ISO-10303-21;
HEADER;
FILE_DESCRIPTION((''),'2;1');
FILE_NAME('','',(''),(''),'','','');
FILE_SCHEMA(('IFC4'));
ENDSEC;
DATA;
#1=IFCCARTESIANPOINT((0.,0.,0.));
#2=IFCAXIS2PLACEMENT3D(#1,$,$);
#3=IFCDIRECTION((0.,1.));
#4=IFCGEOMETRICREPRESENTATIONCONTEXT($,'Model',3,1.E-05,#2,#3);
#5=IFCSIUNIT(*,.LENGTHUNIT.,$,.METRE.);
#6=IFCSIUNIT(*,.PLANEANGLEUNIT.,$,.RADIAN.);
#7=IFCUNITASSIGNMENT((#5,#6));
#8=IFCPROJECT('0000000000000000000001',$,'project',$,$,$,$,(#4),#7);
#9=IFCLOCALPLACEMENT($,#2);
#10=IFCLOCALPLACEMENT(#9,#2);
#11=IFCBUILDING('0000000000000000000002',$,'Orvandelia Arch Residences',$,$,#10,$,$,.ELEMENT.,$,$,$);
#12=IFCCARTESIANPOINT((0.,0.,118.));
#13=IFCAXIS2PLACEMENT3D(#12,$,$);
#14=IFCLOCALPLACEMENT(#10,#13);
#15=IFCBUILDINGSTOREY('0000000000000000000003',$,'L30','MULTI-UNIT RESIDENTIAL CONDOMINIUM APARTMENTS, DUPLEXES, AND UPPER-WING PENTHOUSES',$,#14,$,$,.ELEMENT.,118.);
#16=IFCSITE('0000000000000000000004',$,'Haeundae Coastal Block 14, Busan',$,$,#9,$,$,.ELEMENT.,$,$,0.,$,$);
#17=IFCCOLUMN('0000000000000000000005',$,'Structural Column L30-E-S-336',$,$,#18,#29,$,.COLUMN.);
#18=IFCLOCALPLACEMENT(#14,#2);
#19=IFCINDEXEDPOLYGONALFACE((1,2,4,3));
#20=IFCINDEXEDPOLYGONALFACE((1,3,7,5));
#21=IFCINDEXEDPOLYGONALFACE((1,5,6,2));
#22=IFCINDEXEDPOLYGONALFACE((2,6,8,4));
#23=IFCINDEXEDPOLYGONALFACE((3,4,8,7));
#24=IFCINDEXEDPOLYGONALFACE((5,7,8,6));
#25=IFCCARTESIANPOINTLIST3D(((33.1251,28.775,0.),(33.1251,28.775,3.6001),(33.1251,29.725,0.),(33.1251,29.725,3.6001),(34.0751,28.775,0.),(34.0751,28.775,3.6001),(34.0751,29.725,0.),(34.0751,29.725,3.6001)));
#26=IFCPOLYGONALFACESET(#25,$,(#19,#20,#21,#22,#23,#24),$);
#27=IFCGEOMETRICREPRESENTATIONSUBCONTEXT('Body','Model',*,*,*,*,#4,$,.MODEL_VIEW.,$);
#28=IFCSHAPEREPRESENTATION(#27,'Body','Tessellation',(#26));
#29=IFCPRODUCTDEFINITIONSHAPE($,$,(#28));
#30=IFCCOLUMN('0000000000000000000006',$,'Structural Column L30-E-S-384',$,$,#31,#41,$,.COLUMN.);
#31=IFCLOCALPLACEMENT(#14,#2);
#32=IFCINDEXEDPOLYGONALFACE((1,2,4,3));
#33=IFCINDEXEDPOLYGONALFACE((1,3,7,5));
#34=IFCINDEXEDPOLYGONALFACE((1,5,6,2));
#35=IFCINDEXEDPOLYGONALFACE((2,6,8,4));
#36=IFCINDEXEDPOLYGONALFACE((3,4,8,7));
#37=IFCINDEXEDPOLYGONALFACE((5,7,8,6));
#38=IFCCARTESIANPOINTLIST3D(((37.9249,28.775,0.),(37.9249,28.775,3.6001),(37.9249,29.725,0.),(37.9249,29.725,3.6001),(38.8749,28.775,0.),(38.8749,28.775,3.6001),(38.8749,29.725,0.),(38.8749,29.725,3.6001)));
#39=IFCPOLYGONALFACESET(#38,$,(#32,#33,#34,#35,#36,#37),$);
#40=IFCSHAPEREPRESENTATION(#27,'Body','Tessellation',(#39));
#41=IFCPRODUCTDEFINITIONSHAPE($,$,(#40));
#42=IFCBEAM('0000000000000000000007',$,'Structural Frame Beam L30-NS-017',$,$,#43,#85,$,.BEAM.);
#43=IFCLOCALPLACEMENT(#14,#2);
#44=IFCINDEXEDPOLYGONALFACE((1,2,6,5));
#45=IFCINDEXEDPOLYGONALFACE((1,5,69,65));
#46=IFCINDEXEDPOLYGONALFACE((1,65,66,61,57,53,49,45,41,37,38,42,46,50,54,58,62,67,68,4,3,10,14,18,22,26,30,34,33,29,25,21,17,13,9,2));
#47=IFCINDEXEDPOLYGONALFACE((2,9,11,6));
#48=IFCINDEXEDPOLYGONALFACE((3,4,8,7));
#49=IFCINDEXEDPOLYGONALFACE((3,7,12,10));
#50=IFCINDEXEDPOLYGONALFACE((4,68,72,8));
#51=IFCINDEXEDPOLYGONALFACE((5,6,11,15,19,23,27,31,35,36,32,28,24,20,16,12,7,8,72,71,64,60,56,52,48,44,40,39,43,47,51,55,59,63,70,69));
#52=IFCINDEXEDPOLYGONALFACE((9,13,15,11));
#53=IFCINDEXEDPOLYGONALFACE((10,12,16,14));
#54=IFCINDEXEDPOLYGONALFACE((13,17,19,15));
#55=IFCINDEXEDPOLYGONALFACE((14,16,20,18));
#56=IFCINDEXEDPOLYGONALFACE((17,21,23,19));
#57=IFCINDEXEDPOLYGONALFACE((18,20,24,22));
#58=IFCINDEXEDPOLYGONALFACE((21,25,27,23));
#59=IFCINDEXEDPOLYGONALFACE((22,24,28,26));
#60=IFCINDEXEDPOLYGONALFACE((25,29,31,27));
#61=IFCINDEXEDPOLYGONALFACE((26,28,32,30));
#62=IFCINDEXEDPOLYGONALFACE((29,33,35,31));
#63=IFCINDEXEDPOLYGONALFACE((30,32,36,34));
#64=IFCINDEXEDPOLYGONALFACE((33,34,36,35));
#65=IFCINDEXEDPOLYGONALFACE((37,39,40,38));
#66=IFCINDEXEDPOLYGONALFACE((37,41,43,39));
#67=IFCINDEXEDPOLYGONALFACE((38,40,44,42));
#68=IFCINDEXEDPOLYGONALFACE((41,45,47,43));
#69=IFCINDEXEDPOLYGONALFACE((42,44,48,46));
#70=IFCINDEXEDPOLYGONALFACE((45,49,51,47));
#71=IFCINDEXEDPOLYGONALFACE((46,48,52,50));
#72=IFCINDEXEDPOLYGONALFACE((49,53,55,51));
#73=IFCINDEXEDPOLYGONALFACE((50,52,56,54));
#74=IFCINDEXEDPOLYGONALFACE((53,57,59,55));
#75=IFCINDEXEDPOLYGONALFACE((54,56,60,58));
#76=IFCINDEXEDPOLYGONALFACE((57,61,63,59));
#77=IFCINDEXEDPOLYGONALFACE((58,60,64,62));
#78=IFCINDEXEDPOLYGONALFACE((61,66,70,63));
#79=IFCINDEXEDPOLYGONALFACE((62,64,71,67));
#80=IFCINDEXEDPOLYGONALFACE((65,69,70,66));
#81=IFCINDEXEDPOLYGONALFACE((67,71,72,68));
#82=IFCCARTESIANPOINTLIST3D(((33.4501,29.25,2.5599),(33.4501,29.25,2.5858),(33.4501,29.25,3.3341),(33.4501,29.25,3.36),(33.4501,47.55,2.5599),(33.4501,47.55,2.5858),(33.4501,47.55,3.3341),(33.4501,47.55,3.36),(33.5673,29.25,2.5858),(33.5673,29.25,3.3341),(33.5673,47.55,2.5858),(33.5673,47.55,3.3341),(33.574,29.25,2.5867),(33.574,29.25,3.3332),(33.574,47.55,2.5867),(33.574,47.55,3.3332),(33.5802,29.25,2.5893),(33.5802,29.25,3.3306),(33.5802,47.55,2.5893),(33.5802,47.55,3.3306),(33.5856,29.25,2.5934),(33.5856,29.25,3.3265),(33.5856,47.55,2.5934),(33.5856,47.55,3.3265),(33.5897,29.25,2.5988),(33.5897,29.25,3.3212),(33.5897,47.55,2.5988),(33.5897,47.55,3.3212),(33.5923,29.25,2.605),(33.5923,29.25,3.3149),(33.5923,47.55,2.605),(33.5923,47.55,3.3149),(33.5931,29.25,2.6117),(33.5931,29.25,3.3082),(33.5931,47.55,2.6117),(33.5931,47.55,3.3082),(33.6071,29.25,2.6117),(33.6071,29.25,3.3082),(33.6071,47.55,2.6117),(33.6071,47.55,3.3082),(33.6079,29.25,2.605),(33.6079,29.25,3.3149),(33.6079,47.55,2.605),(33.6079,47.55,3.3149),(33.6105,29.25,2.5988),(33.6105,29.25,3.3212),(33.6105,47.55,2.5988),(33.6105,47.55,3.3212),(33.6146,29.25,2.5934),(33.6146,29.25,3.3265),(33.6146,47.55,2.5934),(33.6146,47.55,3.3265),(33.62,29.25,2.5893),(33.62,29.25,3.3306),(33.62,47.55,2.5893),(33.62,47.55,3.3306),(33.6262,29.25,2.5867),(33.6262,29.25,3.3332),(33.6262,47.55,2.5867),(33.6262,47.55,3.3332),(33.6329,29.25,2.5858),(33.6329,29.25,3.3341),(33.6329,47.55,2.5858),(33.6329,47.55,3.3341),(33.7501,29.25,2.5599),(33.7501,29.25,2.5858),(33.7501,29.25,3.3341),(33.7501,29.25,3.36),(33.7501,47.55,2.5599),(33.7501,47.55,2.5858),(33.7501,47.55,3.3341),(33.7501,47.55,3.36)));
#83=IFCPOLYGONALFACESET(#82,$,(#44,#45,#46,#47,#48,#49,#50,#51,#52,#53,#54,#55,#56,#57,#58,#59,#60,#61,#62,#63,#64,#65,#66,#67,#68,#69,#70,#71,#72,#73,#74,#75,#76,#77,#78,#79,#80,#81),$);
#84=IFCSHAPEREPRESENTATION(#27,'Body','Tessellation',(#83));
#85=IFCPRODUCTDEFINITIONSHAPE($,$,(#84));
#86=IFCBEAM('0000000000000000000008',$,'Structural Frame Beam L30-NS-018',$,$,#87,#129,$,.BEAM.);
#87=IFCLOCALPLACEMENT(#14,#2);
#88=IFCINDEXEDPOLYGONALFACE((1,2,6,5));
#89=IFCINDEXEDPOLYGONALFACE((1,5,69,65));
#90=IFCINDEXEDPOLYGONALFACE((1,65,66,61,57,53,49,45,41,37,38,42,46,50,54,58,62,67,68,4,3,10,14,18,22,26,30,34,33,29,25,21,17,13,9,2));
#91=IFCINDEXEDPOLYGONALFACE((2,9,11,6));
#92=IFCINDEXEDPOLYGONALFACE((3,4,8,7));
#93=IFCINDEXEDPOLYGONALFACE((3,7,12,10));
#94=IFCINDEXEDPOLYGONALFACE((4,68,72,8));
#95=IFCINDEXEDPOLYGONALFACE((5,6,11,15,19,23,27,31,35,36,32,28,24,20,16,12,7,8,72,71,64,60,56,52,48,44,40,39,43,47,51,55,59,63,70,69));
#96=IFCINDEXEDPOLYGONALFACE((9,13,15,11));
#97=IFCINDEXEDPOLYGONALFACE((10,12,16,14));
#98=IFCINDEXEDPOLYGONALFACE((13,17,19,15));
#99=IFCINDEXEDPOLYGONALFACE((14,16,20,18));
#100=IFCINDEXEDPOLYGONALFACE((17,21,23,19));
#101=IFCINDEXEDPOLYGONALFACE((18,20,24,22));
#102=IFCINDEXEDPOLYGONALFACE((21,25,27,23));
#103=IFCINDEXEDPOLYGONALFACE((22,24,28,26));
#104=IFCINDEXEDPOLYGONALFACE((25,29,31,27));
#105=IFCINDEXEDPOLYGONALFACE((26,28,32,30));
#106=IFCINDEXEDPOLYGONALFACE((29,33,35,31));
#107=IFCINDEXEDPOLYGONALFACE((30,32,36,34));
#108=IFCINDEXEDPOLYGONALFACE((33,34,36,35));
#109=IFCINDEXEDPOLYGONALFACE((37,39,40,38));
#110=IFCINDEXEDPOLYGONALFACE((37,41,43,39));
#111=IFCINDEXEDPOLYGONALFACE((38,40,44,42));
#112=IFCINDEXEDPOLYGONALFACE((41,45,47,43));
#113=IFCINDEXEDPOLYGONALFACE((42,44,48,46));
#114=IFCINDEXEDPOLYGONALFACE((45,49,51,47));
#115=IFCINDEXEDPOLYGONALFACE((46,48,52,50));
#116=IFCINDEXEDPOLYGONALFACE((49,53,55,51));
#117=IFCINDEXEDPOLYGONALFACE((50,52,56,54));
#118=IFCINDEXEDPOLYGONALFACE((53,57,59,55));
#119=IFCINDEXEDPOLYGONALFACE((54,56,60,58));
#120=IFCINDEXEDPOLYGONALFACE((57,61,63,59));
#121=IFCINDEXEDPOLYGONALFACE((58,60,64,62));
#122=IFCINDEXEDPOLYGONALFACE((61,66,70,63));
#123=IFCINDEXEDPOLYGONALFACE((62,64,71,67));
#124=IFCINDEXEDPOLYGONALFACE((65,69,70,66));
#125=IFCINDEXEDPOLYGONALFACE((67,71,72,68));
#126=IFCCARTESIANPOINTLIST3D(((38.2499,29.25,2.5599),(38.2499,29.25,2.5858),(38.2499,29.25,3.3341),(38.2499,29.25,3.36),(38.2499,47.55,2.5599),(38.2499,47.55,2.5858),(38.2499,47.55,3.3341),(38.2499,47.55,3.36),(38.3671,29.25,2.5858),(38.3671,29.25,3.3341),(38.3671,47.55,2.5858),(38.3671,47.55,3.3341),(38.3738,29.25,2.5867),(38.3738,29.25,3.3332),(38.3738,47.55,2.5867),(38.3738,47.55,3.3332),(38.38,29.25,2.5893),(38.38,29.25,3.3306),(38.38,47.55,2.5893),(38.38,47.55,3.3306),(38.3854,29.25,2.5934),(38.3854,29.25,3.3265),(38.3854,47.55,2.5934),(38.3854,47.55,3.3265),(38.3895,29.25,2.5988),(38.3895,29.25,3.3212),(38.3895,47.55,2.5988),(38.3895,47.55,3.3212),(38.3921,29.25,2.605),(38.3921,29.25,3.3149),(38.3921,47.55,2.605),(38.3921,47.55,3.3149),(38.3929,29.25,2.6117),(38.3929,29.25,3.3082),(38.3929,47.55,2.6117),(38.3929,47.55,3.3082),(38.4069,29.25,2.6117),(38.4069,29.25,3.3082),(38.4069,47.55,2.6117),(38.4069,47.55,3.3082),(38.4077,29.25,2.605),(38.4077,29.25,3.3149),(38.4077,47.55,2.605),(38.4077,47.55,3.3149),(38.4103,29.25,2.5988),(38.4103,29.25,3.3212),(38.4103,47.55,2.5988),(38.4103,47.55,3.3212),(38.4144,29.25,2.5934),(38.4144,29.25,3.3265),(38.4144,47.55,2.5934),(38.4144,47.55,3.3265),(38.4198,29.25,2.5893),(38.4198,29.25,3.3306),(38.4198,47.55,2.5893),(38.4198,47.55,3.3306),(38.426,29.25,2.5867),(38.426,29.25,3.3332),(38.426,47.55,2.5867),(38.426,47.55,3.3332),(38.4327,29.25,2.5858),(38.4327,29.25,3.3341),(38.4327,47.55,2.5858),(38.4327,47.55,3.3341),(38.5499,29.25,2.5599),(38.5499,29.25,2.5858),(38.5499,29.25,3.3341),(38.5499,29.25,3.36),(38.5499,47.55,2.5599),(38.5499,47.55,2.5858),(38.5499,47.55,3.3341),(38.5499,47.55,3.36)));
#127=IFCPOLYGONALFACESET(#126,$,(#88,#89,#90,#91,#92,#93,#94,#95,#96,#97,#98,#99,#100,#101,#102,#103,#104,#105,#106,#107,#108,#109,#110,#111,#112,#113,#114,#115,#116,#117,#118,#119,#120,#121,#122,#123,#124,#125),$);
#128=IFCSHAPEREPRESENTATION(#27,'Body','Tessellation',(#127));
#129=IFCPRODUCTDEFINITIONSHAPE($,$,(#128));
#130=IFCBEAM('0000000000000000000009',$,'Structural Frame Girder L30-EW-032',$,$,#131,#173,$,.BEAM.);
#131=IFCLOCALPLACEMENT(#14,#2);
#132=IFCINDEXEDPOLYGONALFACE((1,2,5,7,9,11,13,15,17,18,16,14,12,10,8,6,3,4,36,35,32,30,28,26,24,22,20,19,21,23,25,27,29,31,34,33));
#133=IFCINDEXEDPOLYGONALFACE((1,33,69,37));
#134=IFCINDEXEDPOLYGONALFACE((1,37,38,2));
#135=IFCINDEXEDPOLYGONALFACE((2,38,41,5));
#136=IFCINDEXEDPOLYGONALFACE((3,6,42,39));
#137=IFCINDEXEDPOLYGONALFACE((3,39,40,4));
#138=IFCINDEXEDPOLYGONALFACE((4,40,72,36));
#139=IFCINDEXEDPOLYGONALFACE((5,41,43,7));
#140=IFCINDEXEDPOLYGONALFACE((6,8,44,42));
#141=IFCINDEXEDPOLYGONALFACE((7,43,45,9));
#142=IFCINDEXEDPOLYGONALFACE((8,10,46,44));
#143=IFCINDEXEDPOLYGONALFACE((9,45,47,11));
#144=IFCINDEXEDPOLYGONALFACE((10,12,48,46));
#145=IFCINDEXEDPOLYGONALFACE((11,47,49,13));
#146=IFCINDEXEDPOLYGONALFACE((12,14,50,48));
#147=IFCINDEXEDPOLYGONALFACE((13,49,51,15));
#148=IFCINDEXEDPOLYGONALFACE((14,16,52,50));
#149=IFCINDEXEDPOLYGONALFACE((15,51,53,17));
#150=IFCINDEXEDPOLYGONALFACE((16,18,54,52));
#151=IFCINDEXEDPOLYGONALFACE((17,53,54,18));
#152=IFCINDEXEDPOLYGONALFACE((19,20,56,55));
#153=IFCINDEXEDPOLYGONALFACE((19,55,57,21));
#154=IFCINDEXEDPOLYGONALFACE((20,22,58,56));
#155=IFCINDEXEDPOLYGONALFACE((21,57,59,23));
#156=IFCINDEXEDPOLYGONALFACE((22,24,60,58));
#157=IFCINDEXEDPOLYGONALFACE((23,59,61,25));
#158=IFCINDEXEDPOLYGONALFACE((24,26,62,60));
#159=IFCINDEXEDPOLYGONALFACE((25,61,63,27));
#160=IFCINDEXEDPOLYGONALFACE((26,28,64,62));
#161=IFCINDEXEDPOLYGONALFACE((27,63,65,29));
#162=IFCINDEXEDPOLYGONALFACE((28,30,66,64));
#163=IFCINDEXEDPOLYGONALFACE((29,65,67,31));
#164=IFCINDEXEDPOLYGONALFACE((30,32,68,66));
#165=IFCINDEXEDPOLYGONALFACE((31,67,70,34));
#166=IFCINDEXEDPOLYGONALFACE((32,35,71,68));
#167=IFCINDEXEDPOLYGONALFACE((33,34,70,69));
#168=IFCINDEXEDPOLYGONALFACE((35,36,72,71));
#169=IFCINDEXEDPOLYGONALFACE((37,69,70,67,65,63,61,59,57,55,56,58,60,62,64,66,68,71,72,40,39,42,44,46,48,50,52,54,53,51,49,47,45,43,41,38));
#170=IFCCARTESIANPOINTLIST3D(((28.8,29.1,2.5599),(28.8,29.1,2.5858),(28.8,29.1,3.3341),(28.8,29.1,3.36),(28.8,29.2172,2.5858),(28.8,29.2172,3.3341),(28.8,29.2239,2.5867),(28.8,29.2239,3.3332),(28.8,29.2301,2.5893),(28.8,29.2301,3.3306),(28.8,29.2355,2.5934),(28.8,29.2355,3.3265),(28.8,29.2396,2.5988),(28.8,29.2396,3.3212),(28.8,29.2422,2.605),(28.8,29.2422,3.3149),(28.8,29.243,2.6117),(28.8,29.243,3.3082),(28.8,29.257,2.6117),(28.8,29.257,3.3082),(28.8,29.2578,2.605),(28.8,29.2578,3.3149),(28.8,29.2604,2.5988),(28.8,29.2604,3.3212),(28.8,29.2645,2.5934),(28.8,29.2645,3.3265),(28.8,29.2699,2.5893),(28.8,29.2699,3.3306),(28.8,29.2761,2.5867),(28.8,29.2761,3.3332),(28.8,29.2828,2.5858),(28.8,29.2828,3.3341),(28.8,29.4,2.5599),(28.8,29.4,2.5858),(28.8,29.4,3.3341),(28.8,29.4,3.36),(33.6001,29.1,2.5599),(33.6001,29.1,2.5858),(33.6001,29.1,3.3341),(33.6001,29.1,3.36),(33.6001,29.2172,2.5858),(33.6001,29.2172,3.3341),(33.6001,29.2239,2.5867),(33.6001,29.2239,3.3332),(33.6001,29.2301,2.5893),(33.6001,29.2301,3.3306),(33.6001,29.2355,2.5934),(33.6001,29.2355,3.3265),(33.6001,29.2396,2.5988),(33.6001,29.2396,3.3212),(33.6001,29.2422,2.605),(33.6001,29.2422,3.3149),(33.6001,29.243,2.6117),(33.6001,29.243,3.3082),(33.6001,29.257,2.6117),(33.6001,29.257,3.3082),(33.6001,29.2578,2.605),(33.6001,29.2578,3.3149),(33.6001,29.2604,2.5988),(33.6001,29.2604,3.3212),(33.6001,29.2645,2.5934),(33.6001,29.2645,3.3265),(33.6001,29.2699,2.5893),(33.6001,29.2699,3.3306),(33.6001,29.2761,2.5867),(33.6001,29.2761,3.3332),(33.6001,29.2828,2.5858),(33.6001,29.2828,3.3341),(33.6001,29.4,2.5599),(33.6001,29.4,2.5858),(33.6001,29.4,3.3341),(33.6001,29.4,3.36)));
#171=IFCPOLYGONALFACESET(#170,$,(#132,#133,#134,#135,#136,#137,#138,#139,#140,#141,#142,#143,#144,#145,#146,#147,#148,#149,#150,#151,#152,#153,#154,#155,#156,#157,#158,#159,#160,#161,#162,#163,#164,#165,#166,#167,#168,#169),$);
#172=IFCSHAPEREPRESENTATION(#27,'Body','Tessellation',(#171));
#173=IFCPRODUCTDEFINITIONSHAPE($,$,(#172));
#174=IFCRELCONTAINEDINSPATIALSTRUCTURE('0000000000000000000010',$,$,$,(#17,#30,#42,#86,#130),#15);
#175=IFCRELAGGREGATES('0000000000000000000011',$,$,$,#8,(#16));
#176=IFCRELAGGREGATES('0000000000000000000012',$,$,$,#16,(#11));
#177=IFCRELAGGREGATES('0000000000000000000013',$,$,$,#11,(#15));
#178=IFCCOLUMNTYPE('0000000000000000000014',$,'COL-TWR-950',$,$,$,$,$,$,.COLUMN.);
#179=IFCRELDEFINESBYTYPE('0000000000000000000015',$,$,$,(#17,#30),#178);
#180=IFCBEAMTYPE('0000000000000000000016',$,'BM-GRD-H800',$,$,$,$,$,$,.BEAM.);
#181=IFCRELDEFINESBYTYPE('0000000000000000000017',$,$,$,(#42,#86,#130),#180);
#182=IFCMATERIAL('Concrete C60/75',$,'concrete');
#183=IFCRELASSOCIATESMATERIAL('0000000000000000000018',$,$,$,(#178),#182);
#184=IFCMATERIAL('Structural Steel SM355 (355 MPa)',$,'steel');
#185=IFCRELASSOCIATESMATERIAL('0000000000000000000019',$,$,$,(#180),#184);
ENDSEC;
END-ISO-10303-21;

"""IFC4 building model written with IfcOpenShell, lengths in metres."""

from ifc_helpers import new_model, si_unit, direction, frame, origin, origin_2d, place, context, subcontext, project, spatial, rectangle, i_section, extrude, material, material_profile, profile_set, type_object, element, save


model = new_model("IFC4")

# Units and contexts
model_context = context("Model", 3, precision=1e-05, world=origin(), true_north=direction((0.0, 1.0)))
body_context = subcontext(model_context, "Body", "Model", "MODEL_VIEW")
ifc_project = project(units=[si_unit("LENGTHUNIT", "METRE"), si_unit("PLANEANGLEUNIT", "RADIAN")], contexts=[model_context])

# Site, building, storey
site_placement = place(None, origin())
site = spatial("IfcSite", under=ifc_project, at=site_placement, Name="Haeundae Coastal Block 14, Busan", CompositionType="ELEMENT", RefElevation=0.0)
building_placement = place(site_placement, origin())
building = spatial("IfcBuilding", under=site, at=building_placement, Name="Orvandelia Arch Residences", CompositionType="ELEMENT")
storey_placement = place(building_placement, frame((0.0, 0.0, 118.0)))
storey = spatial("IfcBuildingStorey", under=building, at=storey_placement, Name="L30", Description="MULTI-UNIT RESIDENTIAL CONDOMINIUM APARTMENTS, DUPLEXES, AND UPPER-WING PENTHOUSES", CompositionType="ELEMENT", Elevation=118.0)

# Columns
ifc_material_1 = material(Name="Concrete C60/75", Category="concrete")
ifc_material_profile_1 = material_profile(ifc_material_1, rectangle(XDim=0.95, YDim=0.95, at=origin_2d()), Name="Concrete C60/75", Category="concrete")
ifc_profile_set_1 = profile_set([ifc_material_profile_1], Name="Concrete C60/75")
column_type = type_object("IfcColumnType", Name="COL-TWR-950", PredefinedType="COLUMN", material=ifc_profile_set_1)
for number, where, z_axis, x_axis, name in (
    (1, (33.6001, 29.25, 0.0), (0.0, 0.0, 1.0), (1.0, 0.0, 0.0), "Structural Column L30-E-S-336"),
    (2, (38.3999, 29.25, 0.0), (0.0, 0.0, 1.0), (1.0, 0.0, 0.0), "Structural Column L30-E-S-384"),
):
    element("IfcColumn", number, at=place(storey_placement, frame(where, z_axis=z_axis, x_axis=x_axis)), inside=storey, type_object=column_type, Name=name, PredefinedType="COLUMN", context=body_context, shape_type="SweptSolid", body=[
        extrude(rectangle(XDim=0.95, YDim=0.95, at=origin_2d()), origin(), (0.0, 0.0, 1.0), 3.6001),
    ])

# Beams
ifc_material_2 = material(Name="Structural Steel SM355 (355 MPa)", Category="steel")
ifc_material_profile_2 = material_profile(ifc_material_2, i_section(OverallWidth=0.3, OverallDepth=0.8, WebThickness=0.0139, FlangeThickness=0.0259, FilletRadius=0.0259, at=origin_2d()), Name="Structural Steel SM355 (355 MPa)", Category="steel")
ifc_profile_set_2 = profile_set([ifc_material_profile_2], Name="Structural Steel SM355 (355 MPa)")
beam_type = type_object("IfcBeamType", Name="BM-GRD-H800", PredefinedType="BEAM", material=ifc_profile_set_2)
for number, where, z_axis, x_axis, name in (
    (3, (33.6001, 29.25, 2.96), (0.0, 1.0, 0.0), (-1.0, 0.0, 0.0), "Structural Frame Beam L30-NS-017"),
    (4, (38.3999, 29.25, 2.96), (0.0, 1.0, 0.0), (-1.0, 0.0, 0.0), "Structural Frame Beam L30-NS-018"),
):
    element("IfcBeam", number, at=place(storey_placement, frame(where, z_axis=z_axis, x_axis=x_axis)), inside=storey, type_object=beam_type, Name=name, PredefinedType="BEAM", context=body_context, shape_type="SweptSolid", body=[
        extrude(i_section(OverallWidth=0.3, OverallDepth=0.8, WebThickness=0.0139, FlangeThickness=0.0259, FilletRadius=0.0259, at=origin_2d()), origin(), (0.0, 0.0, 1.0), 18.3),
    ])
beam_1_placement = place(storey_placement, frame((28.8, 29.25, 2.96), z_axis=(1.0, 0.0, 0.0), x_axis=(0.0, 1.0, 0.0)))
element("IfcBeam", 5, at=beam_1_placement, inside=storey, type_object=beam_type, Name="Structural Frame Girder L30-EW-032", PredefinedType="BEAM", context=body_context, shape_type="SweptSolid", body=[
    extrude(i_section(OverallWidth=0.3, OverallDepth=0.8, WebThickness=0.0139, FlangeThickness=0.0259, FilletRadius=0.0259, at=origin_2d()), origin(), (0.0, 0.0, 1.0), 4.8),
])

save(model, "model.ifc")
